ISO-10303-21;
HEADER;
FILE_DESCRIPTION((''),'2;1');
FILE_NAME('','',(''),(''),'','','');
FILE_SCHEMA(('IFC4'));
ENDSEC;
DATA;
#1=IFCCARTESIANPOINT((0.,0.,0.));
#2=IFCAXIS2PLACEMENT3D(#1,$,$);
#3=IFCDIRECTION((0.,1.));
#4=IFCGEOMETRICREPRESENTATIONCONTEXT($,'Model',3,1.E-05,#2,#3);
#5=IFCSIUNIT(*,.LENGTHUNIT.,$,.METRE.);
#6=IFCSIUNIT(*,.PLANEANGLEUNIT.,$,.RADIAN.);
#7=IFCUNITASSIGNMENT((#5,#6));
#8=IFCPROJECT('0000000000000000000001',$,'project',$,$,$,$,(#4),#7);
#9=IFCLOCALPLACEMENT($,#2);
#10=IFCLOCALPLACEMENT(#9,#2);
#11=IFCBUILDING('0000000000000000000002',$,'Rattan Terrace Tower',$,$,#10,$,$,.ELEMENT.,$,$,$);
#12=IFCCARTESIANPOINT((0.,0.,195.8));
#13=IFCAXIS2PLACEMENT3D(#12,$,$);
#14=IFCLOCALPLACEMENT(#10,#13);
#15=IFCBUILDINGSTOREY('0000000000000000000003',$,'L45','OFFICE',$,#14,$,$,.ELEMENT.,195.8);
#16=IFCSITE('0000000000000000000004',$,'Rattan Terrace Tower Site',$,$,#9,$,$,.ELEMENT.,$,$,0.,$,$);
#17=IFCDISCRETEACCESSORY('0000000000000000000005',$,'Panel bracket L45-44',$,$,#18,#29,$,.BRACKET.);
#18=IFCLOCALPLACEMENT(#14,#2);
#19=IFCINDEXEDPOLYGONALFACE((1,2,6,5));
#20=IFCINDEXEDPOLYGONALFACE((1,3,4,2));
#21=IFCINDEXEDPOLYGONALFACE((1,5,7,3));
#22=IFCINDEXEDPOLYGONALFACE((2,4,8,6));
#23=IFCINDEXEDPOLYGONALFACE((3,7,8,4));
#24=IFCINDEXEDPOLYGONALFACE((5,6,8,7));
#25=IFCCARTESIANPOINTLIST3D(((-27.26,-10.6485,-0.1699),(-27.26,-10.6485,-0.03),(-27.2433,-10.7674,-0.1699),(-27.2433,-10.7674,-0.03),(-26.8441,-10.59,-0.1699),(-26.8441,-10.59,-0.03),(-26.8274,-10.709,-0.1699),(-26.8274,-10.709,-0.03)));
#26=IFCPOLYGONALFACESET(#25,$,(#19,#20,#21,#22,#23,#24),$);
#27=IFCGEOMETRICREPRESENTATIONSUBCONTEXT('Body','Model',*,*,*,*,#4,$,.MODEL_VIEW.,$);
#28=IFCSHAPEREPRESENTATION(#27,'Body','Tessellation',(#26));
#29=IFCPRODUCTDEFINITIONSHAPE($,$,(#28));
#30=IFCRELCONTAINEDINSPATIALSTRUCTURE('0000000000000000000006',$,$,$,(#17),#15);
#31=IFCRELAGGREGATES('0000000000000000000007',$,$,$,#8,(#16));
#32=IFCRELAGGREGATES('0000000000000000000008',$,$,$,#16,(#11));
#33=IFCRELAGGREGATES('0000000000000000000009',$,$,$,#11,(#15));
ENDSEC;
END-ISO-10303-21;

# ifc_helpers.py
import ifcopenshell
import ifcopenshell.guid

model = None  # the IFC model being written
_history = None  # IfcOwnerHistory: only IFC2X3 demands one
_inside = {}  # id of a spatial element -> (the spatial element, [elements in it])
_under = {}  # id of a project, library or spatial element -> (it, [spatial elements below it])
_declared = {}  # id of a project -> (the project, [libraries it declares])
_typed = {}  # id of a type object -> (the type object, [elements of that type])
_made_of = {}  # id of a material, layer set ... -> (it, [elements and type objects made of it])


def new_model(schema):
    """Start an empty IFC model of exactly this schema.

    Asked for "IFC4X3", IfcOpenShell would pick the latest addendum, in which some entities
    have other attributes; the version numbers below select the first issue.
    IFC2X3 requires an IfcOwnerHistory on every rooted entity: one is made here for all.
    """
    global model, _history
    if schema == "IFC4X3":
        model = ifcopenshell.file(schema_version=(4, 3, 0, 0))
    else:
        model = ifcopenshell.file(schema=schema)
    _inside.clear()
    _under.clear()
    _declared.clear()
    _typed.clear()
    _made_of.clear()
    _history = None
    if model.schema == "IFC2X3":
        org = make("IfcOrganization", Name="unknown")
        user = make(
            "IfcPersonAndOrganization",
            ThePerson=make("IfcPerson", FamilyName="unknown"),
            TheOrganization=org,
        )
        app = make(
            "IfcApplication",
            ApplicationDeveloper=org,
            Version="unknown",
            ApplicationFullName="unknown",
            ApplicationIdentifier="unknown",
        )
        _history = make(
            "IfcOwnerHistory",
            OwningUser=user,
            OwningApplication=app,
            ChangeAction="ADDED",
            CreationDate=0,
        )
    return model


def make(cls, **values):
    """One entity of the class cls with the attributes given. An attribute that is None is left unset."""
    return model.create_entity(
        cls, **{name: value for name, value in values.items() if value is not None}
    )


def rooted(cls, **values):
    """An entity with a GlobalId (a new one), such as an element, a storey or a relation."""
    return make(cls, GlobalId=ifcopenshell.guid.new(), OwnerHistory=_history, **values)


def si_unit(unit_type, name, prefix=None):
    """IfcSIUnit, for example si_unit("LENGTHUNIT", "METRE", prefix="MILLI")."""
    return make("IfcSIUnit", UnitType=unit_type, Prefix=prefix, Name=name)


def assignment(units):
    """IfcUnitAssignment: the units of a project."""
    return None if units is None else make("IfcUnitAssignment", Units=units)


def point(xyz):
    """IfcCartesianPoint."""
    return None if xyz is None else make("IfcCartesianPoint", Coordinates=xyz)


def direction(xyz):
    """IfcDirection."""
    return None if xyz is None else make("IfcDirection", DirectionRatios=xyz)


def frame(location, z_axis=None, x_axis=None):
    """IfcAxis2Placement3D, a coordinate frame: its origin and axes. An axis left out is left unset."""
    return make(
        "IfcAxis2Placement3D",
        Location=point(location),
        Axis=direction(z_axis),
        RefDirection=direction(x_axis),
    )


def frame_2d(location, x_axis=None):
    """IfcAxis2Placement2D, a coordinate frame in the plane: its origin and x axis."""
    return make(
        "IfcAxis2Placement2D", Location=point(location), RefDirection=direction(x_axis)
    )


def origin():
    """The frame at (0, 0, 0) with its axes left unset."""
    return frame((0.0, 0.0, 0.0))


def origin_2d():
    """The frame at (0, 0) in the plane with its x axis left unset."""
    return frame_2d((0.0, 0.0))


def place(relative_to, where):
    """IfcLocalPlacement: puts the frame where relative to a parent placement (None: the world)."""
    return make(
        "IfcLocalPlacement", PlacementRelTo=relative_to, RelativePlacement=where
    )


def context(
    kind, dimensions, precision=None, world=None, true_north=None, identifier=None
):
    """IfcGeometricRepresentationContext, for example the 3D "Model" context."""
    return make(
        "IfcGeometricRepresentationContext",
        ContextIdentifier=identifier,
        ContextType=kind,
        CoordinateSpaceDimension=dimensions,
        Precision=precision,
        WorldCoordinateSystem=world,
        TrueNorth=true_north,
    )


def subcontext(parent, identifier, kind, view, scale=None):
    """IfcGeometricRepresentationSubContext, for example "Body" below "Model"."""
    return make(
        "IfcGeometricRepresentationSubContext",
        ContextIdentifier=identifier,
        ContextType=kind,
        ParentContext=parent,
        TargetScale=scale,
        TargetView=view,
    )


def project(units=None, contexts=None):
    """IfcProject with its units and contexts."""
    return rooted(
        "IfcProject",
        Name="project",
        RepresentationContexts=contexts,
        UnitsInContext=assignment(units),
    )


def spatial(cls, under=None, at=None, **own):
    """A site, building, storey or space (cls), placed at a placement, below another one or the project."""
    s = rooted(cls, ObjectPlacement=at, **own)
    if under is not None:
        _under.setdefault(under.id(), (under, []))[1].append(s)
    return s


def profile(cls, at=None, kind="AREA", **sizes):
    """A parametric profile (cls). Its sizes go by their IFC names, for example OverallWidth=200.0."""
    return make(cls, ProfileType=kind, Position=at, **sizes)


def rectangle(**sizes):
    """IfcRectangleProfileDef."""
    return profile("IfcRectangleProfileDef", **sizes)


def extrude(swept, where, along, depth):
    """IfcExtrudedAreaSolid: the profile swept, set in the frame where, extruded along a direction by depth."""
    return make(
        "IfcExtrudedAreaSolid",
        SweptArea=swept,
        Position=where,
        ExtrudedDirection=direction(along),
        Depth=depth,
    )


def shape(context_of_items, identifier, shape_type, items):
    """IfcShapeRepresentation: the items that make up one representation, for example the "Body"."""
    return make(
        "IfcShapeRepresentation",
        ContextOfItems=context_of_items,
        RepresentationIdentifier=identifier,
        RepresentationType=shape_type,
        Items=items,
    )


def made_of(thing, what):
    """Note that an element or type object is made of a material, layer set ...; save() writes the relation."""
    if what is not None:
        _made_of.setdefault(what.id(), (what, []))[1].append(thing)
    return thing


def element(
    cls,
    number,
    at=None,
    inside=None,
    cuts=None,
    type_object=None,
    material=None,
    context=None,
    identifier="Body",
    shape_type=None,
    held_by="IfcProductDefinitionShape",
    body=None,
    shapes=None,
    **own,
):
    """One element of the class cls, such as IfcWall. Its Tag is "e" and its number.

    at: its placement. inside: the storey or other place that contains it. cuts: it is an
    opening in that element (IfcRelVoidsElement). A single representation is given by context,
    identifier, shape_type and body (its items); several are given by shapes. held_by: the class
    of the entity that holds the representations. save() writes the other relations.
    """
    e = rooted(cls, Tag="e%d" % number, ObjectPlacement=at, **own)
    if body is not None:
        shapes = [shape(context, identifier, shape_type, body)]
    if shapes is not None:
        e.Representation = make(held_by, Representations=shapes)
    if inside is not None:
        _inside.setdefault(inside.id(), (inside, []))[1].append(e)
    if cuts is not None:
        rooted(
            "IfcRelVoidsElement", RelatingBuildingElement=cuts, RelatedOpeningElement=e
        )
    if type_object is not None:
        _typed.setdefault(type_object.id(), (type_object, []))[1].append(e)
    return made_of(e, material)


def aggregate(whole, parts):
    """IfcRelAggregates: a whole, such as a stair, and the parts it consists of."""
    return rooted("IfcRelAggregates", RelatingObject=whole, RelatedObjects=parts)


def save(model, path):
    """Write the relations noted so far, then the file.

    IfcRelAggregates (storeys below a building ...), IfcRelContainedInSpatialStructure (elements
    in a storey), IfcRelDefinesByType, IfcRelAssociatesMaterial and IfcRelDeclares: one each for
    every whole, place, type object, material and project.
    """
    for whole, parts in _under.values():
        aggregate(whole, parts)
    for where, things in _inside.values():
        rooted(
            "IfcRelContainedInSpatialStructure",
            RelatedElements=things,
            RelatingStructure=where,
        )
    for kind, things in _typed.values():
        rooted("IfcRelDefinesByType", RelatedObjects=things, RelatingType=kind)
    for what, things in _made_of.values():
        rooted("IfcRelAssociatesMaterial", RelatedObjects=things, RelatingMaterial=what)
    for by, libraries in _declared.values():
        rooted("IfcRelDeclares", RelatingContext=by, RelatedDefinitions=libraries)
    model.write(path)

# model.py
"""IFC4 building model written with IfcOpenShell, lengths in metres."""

from ifc_helpers import new_model, si_unit, direction, frame, origin, origin_2d, place, context, subcontext, project, spatial, rectangle, extrude, element, save


model = new_model("IFC4")

# Units and contexts
model_context = context("Model", 3, precision=1e-05, world=origin(), true_north=direction((0.0, 1.0)))
body_context = subcontext(model_context, "Body", "Model", "MODEL_VIEW")
ifc_project = project(units=[si_unit("LENGTHUNIT", "METRE"), si_unit("PLANEANGLEUNIT", "RADIAN")], contexts=[model_context])

# Site, building, storey
site_placement = place(None, origin())
site = spatial("IfcSite", under=ifc_project, at=site_placement, Name="Rattan Terrace Tower Site", CompositionType="ELEMENT", RefElevation=0.0)
building_placement = place(site_placement, origin())
building = spatial("IfcBuilding", under=site, at=building_placement, Name="Rattan Terrace Tower", CompositionType="ELEMENT")
storey_placement = place(building_placement, frame((0.0, 0.0, 195.8)))
storey = spatial("IfcBuildingStorey", under=building, at=storey_placement, Name="L45", Description="OFFICE", CompositionType="ELEMENT", Elevation=195.8)

# Discrete accessory
discrete_accessory_placement = place(storey_placement, frame((-27.0437, -10.6787, -0.1699), z_axis=(0.0, 0.0, 1.0), x_axis=(0.139191, -0.990266, 0.0)))
element("IfcDiscreteAccessory", 1, at=discrete_accessory_placement, inside=storey, Name="Panel bracket L45-44", PredefinedType="BRACKET", context=body_context, shape_type="SweptSolid", body=[
    extrude(rectangle(XDim=0.1201, YDim=0.4199, at=origin_2d()), origin(), (0.0, 0.0, 1.0), 0.1399),
])

save(model, "model.ifc")
